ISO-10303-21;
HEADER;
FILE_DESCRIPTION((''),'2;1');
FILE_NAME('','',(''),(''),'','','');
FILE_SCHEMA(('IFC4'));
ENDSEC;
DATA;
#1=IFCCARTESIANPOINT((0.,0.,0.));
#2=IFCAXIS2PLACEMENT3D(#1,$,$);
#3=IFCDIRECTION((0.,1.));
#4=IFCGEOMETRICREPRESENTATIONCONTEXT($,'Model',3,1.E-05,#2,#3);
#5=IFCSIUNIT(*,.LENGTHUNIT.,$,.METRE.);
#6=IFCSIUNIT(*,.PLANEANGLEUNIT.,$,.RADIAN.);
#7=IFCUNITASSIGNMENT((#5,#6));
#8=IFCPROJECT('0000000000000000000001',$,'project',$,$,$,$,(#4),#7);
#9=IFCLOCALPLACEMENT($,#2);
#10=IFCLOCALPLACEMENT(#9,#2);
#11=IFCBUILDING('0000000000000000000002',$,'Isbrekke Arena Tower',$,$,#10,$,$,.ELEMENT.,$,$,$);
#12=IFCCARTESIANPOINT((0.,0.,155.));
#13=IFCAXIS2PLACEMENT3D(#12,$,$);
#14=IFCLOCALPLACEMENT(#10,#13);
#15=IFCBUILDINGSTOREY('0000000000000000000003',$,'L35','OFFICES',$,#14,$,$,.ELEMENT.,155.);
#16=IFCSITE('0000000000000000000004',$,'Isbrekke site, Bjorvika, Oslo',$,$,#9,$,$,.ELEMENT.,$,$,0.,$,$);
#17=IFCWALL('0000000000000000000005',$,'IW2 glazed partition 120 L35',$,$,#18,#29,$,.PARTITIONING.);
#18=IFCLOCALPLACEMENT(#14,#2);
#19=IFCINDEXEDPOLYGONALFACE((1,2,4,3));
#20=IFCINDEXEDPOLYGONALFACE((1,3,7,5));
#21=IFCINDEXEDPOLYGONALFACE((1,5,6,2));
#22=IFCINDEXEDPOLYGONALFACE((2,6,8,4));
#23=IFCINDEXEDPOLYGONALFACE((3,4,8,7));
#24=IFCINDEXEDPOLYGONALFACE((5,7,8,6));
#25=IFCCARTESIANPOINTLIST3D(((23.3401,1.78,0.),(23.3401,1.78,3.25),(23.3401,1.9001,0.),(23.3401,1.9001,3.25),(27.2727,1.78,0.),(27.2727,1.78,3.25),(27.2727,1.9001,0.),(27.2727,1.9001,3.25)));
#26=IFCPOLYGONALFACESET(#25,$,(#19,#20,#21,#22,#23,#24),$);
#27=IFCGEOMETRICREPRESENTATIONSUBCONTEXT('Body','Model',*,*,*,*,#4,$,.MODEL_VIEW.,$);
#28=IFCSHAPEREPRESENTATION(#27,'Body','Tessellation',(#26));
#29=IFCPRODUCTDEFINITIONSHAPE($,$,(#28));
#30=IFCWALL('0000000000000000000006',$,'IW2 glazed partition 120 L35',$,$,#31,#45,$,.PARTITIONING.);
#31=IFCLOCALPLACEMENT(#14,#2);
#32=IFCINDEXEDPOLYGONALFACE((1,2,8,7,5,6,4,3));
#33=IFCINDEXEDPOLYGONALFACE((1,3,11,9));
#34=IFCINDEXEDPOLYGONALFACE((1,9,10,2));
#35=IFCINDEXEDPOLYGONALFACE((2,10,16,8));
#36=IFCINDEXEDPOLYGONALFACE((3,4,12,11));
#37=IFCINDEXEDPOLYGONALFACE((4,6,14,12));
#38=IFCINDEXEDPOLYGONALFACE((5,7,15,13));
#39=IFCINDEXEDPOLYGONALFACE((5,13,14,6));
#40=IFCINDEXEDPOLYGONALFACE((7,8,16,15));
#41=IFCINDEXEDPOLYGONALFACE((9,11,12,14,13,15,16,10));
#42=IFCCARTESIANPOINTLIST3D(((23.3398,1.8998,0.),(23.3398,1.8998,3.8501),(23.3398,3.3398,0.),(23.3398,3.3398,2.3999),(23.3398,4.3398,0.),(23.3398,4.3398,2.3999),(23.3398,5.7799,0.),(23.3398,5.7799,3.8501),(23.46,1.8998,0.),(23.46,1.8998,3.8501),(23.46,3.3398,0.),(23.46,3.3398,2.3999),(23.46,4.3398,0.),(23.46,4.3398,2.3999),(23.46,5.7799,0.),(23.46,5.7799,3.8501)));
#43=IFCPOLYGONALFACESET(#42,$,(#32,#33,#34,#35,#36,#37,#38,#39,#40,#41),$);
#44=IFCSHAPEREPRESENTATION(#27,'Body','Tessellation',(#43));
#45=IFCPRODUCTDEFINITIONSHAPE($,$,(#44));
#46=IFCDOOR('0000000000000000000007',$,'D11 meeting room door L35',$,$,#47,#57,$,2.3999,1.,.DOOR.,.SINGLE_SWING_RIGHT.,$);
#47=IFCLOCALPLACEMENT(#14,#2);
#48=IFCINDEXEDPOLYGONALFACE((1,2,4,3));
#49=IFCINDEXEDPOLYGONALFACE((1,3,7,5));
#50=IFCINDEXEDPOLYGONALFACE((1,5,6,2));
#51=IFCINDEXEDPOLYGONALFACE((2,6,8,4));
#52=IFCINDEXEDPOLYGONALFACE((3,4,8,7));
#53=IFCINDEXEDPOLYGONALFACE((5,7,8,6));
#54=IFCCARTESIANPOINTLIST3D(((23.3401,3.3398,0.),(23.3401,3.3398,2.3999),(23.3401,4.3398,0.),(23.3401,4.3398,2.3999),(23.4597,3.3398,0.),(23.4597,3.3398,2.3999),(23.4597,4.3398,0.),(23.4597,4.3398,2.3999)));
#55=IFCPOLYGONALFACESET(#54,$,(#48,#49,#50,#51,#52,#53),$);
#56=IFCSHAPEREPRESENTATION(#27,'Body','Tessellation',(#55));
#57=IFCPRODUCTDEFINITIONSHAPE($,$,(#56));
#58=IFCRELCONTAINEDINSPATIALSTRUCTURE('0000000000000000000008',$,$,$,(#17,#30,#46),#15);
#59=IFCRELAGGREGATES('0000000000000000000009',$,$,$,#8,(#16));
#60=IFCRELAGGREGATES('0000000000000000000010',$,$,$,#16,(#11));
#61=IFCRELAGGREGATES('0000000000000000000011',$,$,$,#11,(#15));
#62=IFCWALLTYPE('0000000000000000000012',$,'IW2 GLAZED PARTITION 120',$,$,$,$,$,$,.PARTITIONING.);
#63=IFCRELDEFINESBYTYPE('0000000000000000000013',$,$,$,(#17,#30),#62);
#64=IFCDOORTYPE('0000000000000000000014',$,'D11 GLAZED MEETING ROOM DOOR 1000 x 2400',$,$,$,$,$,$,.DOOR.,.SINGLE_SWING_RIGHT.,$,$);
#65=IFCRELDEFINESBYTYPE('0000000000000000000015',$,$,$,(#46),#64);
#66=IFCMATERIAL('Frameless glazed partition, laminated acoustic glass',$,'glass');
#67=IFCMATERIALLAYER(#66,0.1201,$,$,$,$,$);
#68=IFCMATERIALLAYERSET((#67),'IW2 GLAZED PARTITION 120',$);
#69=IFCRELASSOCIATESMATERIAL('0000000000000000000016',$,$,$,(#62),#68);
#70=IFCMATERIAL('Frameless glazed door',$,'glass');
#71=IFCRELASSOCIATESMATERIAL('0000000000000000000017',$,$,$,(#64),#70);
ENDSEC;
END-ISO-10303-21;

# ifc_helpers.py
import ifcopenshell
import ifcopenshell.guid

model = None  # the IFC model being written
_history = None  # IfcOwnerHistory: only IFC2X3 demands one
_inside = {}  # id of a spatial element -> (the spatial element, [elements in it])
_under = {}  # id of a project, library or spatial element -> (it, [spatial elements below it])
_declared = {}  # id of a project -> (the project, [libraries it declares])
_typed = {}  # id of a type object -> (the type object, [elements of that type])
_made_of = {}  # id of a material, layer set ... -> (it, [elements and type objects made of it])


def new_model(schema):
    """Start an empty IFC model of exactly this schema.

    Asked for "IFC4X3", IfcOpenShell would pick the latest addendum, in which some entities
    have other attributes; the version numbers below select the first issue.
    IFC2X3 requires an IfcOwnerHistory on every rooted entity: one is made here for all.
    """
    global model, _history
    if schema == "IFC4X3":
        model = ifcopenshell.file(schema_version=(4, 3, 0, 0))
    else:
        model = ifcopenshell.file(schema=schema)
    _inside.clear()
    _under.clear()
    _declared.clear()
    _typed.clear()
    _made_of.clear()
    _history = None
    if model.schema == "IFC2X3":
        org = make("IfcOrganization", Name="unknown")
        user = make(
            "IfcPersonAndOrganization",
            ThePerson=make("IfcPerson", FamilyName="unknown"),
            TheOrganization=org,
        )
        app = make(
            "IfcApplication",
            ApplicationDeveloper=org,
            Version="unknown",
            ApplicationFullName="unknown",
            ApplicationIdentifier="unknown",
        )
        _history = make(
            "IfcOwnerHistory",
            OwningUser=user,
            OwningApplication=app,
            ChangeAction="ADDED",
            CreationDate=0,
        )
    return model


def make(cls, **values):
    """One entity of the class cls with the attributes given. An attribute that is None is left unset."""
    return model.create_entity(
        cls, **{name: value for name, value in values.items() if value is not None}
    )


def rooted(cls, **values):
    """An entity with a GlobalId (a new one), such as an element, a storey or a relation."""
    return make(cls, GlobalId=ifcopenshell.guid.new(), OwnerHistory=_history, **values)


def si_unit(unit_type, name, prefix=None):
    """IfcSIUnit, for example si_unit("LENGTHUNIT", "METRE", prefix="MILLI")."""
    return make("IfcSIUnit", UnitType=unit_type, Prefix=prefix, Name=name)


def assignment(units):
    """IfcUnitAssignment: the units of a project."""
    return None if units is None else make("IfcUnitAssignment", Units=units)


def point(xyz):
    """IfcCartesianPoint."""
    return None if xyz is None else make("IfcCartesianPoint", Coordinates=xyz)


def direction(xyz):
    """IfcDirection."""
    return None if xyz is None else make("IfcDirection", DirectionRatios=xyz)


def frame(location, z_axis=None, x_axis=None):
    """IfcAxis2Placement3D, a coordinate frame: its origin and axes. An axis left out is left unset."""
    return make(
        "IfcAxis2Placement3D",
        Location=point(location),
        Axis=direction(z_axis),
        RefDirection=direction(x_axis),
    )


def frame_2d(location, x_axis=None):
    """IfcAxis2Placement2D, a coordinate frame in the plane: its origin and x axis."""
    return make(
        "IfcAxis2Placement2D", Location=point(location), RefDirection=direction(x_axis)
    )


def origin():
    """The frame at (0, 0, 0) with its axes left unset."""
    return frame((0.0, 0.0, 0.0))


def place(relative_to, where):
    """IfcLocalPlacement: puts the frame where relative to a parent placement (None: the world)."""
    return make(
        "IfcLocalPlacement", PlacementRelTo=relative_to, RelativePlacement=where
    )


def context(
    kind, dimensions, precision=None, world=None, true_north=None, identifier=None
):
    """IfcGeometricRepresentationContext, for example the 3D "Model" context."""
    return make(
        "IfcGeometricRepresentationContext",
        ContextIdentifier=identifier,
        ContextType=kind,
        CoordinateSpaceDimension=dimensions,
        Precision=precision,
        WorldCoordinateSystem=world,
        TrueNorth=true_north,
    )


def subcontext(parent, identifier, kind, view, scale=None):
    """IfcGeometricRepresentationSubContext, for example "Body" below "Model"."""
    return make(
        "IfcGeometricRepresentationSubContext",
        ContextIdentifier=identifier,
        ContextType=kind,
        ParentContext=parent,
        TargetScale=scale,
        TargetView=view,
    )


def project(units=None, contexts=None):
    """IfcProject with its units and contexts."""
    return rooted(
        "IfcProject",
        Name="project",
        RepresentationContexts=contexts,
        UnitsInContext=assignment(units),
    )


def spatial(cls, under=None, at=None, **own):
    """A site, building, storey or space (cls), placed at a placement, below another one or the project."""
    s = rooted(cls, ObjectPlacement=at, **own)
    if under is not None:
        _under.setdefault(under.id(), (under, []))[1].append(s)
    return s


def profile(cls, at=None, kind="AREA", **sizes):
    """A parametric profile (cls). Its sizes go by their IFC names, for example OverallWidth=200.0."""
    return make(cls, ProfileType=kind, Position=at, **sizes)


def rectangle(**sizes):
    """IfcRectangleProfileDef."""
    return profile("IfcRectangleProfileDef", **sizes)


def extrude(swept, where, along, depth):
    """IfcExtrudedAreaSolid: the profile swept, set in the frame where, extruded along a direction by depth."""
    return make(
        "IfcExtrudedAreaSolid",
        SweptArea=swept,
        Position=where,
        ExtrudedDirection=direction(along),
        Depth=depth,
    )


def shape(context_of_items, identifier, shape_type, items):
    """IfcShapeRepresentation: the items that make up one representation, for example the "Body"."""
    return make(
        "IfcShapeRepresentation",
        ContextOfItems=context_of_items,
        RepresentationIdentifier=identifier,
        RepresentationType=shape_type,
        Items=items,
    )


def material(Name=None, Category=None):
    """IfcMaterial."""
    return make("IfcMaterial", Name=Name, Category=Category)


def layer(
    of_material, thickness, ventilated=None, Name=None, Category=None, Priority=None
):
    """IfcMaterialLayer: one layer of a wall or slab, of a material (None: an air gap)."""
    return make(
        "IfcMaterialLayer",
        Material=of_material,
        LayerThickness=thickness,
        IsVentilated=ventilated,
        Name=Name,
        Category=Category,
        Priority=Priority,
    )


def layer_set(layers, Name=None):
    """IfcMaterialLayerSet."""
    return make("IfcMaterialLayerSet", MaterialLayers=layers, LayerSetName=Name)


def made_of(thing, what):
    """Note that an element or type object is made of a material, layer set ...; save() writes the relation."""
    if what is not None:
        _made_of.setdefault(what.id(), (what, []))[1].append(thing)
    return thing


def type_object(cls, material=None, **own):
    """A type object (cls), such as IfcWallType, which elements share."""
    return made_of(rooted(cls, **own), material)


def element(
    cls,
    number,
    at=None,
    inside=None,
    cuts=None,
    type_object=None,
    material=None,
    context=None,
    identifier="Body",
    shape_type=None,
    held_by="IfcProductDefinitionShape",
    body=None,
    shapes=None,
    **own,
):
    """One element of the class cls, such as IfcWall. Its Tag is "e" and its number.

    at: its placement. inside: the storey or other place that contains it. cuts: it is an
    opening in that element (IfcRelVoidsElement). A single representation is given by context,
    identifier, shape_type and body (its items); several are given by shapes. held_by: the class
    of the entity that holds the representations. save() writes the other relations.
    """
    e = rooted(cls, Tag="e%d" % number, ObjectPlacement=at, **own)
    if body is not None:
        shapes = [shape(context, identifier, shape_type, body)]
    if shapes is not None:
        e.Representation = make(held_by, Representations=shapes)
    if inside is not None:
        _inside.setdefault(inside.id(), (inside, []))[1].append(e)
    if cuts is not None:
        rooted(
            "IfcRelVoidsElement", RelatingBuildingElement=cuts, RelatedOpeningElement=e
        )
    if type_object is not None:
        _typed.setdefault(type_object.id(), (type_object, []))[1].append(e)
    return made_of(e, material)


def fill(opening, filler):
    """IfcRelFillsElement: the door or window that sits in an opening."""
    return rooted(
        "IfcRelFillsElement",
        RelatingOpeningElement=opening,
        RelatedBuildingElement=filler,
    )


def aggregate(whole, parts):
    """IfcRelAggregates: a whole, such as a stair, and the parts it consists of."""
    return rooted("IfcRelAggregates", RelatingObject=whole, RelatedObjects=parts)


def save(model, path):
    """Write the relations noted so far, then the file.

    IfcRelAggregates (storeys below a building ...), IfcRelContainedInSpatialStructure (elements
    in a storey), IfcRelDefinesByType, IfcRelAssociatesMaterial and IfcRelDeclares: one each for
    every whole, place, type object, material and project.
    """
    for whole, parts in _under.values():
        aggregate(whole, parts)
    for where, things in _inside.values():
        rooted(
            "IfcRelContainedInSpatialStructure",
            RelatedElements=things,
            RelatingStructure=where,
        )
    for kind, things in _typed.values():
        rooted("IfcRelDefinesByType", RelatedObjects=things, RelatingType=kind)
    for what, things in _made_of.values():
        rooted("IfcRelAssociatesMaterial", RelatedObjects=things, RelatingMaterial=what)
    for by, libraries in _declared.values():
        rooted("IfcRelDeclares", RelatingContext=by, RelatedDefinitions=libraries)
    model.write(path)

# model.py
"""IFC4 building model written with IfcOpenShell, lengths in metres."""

from ifc_helpers import new_model, si_unit, direction, frame, frame_2d, origin, place, context, subcontext, project, spatial, rectangle, extrude, material, layer, layer_set, type_object, element, fill, save


model = new_model("IFC4")

# Units and contexts
model_context = context("Model", 3, precision=1e-05, world=origin(), true_north=direction((0.0, 1.0)))
body_context = subcontext(model_context, "Body", "Model", "MODEL_VIEW")
ifc_project = project(units=[si_unit("LENGTHUNIT", "METRE"), si_unit("PLANEANGLEUNIT", "RADIAN")], contexts=[model_context])

# Site, building, storey
site_placement = place(None, origin())
site = spatial("IfcSite", under=ifc_project, at=site_placement, Name="Isbrekke site, Bjorvika, Oslo", CompositionType="ELEMENT", RefElevation=0.0)
building_placement = place(site_placement, origin())
building = spatial("IfcBuilding", under=site, at=building_placement, Name="Isbrekke Arena Tower", CompositionType="ELEMENT")
storey_placement = place(building_placement, frame((0.0, 0.0, 155.0)))
storey = spatial("IfcBuildingStorey", under=building, at=storey_placement, Name="L35", Description="OFFICES", CompositionType="ELEMENT", Elevation=155.0)

# Wall
ifc_material_1 = material(Name="Frameless glazed partition, laminated acoustic glass", Category="glass")
ifc_layer_1 = layer(ifc_material_1, 0.1201)
ifc_layer_set_1 = layer_set([ifc_layer_1], Name="IW2 GLAZED PARTITION 120")
wall_type = type_object("IfcWallType", Name="IW2 GLAZED PARTITION 120", PredefinedType="PARTITIONING", material=ifc_layer_set_1)
wall_1_placement = place(storey_placement, frame((23.3401, 1.8401, 0.0), z_axis=(0.0, 0.0, 1.0), x_axis=(1.0, 0.0, 0.0)))
element("IfcWall", 1, at=wall_1_placement, inside=storey, type_object=wall_type, Name="IW2 glazed partition 120 L35", PredefinedType="PARTITIONING", context=body_context, shape_type="SweptSolid", body=[
    extrude(rectangle(XDim=3.9326, YDim=0.1201, at=frame_2d((1.9663, 0.0))), origin(), (0.0, 0.0, 1.0), 3.25),
])

# Wall, opening, door
wall_2_placement = place(storey_placement, frame((23.3999, 1.8999, 0.0), z_axis=(0.0, 0.0, 1.0), x_axis=(0.0, 1.0, 0.0)))
wall_2 = element("IfcWall", 2, at=wall_2_placement, inside=storey, type_object=wall_type, Name="IW2 glazed partition 120 L35", PredefinedType="PARTITIONING", context=body_context, shape_type="SweptSolid", body=[
    extrude(rectangle(XDim=3.8801, YDim=0.1201, at=frame_2d((1.9399, 0.0))), origin(), (0.0, 0.0, 1.0), 3.8501),
])
opening_placement = place(wall_2_placement, frame((1.4399, 0.0, 0.0)))
opening = element("IfcOpeningElement", 3, at=opening_placement, cuts=wall_2, PredefinedType="OPENING", context=body_context, shape_type="SweptSolid", body=[
    extrude(rectangle(XDim=1.0, YDim=2.3999, at=frame_2d((0.5, 1.2))), frame((0.0, 0.075, 0.0), z_axis=(0.0, -1.0, 0.0), x_axis=(1.0, 0.0, 0.0)), (0.0, 0.0, 1.0), 0.1499),
])
ifc_material_2 = material(Name="Frameless glazed door", Category="glass")
door_type = type_object("IfcDoorType", Name="D11 GLAZED MEETING ROOM DOOR 1000 x 2400", OperationType="SINGLE_SWING_RIGHT", PredefinedType="DOOR", material=ifc_material_2)
door_placement = place(opening_placement, origin())
door = element("IfcDoor", 4, at=door_placement, inside=storey, type_object=door_type, Name="D11 meeting room door L35", OperationType="SINGLE_SWING_RIGHT", OverallHeight=2.3999, OverallWidth=1.0, PredefinedType="DOOR", context=body_context, shape_type="SweptSolid", body=[
    extrude(rectangle(XDim=1.0, YDim=2.3999, at=frame_2d((0.5, 1.2))), frame((0.0, 0.0598, 0.0), z_axis=(0.0, -1.0, 0.0), x_axis=(1.0, 0.0, 0.0)), (0.0, 0.0, 1.0), 0.1196),
])
fill(opening, door)

save(model, "model.ifc")
